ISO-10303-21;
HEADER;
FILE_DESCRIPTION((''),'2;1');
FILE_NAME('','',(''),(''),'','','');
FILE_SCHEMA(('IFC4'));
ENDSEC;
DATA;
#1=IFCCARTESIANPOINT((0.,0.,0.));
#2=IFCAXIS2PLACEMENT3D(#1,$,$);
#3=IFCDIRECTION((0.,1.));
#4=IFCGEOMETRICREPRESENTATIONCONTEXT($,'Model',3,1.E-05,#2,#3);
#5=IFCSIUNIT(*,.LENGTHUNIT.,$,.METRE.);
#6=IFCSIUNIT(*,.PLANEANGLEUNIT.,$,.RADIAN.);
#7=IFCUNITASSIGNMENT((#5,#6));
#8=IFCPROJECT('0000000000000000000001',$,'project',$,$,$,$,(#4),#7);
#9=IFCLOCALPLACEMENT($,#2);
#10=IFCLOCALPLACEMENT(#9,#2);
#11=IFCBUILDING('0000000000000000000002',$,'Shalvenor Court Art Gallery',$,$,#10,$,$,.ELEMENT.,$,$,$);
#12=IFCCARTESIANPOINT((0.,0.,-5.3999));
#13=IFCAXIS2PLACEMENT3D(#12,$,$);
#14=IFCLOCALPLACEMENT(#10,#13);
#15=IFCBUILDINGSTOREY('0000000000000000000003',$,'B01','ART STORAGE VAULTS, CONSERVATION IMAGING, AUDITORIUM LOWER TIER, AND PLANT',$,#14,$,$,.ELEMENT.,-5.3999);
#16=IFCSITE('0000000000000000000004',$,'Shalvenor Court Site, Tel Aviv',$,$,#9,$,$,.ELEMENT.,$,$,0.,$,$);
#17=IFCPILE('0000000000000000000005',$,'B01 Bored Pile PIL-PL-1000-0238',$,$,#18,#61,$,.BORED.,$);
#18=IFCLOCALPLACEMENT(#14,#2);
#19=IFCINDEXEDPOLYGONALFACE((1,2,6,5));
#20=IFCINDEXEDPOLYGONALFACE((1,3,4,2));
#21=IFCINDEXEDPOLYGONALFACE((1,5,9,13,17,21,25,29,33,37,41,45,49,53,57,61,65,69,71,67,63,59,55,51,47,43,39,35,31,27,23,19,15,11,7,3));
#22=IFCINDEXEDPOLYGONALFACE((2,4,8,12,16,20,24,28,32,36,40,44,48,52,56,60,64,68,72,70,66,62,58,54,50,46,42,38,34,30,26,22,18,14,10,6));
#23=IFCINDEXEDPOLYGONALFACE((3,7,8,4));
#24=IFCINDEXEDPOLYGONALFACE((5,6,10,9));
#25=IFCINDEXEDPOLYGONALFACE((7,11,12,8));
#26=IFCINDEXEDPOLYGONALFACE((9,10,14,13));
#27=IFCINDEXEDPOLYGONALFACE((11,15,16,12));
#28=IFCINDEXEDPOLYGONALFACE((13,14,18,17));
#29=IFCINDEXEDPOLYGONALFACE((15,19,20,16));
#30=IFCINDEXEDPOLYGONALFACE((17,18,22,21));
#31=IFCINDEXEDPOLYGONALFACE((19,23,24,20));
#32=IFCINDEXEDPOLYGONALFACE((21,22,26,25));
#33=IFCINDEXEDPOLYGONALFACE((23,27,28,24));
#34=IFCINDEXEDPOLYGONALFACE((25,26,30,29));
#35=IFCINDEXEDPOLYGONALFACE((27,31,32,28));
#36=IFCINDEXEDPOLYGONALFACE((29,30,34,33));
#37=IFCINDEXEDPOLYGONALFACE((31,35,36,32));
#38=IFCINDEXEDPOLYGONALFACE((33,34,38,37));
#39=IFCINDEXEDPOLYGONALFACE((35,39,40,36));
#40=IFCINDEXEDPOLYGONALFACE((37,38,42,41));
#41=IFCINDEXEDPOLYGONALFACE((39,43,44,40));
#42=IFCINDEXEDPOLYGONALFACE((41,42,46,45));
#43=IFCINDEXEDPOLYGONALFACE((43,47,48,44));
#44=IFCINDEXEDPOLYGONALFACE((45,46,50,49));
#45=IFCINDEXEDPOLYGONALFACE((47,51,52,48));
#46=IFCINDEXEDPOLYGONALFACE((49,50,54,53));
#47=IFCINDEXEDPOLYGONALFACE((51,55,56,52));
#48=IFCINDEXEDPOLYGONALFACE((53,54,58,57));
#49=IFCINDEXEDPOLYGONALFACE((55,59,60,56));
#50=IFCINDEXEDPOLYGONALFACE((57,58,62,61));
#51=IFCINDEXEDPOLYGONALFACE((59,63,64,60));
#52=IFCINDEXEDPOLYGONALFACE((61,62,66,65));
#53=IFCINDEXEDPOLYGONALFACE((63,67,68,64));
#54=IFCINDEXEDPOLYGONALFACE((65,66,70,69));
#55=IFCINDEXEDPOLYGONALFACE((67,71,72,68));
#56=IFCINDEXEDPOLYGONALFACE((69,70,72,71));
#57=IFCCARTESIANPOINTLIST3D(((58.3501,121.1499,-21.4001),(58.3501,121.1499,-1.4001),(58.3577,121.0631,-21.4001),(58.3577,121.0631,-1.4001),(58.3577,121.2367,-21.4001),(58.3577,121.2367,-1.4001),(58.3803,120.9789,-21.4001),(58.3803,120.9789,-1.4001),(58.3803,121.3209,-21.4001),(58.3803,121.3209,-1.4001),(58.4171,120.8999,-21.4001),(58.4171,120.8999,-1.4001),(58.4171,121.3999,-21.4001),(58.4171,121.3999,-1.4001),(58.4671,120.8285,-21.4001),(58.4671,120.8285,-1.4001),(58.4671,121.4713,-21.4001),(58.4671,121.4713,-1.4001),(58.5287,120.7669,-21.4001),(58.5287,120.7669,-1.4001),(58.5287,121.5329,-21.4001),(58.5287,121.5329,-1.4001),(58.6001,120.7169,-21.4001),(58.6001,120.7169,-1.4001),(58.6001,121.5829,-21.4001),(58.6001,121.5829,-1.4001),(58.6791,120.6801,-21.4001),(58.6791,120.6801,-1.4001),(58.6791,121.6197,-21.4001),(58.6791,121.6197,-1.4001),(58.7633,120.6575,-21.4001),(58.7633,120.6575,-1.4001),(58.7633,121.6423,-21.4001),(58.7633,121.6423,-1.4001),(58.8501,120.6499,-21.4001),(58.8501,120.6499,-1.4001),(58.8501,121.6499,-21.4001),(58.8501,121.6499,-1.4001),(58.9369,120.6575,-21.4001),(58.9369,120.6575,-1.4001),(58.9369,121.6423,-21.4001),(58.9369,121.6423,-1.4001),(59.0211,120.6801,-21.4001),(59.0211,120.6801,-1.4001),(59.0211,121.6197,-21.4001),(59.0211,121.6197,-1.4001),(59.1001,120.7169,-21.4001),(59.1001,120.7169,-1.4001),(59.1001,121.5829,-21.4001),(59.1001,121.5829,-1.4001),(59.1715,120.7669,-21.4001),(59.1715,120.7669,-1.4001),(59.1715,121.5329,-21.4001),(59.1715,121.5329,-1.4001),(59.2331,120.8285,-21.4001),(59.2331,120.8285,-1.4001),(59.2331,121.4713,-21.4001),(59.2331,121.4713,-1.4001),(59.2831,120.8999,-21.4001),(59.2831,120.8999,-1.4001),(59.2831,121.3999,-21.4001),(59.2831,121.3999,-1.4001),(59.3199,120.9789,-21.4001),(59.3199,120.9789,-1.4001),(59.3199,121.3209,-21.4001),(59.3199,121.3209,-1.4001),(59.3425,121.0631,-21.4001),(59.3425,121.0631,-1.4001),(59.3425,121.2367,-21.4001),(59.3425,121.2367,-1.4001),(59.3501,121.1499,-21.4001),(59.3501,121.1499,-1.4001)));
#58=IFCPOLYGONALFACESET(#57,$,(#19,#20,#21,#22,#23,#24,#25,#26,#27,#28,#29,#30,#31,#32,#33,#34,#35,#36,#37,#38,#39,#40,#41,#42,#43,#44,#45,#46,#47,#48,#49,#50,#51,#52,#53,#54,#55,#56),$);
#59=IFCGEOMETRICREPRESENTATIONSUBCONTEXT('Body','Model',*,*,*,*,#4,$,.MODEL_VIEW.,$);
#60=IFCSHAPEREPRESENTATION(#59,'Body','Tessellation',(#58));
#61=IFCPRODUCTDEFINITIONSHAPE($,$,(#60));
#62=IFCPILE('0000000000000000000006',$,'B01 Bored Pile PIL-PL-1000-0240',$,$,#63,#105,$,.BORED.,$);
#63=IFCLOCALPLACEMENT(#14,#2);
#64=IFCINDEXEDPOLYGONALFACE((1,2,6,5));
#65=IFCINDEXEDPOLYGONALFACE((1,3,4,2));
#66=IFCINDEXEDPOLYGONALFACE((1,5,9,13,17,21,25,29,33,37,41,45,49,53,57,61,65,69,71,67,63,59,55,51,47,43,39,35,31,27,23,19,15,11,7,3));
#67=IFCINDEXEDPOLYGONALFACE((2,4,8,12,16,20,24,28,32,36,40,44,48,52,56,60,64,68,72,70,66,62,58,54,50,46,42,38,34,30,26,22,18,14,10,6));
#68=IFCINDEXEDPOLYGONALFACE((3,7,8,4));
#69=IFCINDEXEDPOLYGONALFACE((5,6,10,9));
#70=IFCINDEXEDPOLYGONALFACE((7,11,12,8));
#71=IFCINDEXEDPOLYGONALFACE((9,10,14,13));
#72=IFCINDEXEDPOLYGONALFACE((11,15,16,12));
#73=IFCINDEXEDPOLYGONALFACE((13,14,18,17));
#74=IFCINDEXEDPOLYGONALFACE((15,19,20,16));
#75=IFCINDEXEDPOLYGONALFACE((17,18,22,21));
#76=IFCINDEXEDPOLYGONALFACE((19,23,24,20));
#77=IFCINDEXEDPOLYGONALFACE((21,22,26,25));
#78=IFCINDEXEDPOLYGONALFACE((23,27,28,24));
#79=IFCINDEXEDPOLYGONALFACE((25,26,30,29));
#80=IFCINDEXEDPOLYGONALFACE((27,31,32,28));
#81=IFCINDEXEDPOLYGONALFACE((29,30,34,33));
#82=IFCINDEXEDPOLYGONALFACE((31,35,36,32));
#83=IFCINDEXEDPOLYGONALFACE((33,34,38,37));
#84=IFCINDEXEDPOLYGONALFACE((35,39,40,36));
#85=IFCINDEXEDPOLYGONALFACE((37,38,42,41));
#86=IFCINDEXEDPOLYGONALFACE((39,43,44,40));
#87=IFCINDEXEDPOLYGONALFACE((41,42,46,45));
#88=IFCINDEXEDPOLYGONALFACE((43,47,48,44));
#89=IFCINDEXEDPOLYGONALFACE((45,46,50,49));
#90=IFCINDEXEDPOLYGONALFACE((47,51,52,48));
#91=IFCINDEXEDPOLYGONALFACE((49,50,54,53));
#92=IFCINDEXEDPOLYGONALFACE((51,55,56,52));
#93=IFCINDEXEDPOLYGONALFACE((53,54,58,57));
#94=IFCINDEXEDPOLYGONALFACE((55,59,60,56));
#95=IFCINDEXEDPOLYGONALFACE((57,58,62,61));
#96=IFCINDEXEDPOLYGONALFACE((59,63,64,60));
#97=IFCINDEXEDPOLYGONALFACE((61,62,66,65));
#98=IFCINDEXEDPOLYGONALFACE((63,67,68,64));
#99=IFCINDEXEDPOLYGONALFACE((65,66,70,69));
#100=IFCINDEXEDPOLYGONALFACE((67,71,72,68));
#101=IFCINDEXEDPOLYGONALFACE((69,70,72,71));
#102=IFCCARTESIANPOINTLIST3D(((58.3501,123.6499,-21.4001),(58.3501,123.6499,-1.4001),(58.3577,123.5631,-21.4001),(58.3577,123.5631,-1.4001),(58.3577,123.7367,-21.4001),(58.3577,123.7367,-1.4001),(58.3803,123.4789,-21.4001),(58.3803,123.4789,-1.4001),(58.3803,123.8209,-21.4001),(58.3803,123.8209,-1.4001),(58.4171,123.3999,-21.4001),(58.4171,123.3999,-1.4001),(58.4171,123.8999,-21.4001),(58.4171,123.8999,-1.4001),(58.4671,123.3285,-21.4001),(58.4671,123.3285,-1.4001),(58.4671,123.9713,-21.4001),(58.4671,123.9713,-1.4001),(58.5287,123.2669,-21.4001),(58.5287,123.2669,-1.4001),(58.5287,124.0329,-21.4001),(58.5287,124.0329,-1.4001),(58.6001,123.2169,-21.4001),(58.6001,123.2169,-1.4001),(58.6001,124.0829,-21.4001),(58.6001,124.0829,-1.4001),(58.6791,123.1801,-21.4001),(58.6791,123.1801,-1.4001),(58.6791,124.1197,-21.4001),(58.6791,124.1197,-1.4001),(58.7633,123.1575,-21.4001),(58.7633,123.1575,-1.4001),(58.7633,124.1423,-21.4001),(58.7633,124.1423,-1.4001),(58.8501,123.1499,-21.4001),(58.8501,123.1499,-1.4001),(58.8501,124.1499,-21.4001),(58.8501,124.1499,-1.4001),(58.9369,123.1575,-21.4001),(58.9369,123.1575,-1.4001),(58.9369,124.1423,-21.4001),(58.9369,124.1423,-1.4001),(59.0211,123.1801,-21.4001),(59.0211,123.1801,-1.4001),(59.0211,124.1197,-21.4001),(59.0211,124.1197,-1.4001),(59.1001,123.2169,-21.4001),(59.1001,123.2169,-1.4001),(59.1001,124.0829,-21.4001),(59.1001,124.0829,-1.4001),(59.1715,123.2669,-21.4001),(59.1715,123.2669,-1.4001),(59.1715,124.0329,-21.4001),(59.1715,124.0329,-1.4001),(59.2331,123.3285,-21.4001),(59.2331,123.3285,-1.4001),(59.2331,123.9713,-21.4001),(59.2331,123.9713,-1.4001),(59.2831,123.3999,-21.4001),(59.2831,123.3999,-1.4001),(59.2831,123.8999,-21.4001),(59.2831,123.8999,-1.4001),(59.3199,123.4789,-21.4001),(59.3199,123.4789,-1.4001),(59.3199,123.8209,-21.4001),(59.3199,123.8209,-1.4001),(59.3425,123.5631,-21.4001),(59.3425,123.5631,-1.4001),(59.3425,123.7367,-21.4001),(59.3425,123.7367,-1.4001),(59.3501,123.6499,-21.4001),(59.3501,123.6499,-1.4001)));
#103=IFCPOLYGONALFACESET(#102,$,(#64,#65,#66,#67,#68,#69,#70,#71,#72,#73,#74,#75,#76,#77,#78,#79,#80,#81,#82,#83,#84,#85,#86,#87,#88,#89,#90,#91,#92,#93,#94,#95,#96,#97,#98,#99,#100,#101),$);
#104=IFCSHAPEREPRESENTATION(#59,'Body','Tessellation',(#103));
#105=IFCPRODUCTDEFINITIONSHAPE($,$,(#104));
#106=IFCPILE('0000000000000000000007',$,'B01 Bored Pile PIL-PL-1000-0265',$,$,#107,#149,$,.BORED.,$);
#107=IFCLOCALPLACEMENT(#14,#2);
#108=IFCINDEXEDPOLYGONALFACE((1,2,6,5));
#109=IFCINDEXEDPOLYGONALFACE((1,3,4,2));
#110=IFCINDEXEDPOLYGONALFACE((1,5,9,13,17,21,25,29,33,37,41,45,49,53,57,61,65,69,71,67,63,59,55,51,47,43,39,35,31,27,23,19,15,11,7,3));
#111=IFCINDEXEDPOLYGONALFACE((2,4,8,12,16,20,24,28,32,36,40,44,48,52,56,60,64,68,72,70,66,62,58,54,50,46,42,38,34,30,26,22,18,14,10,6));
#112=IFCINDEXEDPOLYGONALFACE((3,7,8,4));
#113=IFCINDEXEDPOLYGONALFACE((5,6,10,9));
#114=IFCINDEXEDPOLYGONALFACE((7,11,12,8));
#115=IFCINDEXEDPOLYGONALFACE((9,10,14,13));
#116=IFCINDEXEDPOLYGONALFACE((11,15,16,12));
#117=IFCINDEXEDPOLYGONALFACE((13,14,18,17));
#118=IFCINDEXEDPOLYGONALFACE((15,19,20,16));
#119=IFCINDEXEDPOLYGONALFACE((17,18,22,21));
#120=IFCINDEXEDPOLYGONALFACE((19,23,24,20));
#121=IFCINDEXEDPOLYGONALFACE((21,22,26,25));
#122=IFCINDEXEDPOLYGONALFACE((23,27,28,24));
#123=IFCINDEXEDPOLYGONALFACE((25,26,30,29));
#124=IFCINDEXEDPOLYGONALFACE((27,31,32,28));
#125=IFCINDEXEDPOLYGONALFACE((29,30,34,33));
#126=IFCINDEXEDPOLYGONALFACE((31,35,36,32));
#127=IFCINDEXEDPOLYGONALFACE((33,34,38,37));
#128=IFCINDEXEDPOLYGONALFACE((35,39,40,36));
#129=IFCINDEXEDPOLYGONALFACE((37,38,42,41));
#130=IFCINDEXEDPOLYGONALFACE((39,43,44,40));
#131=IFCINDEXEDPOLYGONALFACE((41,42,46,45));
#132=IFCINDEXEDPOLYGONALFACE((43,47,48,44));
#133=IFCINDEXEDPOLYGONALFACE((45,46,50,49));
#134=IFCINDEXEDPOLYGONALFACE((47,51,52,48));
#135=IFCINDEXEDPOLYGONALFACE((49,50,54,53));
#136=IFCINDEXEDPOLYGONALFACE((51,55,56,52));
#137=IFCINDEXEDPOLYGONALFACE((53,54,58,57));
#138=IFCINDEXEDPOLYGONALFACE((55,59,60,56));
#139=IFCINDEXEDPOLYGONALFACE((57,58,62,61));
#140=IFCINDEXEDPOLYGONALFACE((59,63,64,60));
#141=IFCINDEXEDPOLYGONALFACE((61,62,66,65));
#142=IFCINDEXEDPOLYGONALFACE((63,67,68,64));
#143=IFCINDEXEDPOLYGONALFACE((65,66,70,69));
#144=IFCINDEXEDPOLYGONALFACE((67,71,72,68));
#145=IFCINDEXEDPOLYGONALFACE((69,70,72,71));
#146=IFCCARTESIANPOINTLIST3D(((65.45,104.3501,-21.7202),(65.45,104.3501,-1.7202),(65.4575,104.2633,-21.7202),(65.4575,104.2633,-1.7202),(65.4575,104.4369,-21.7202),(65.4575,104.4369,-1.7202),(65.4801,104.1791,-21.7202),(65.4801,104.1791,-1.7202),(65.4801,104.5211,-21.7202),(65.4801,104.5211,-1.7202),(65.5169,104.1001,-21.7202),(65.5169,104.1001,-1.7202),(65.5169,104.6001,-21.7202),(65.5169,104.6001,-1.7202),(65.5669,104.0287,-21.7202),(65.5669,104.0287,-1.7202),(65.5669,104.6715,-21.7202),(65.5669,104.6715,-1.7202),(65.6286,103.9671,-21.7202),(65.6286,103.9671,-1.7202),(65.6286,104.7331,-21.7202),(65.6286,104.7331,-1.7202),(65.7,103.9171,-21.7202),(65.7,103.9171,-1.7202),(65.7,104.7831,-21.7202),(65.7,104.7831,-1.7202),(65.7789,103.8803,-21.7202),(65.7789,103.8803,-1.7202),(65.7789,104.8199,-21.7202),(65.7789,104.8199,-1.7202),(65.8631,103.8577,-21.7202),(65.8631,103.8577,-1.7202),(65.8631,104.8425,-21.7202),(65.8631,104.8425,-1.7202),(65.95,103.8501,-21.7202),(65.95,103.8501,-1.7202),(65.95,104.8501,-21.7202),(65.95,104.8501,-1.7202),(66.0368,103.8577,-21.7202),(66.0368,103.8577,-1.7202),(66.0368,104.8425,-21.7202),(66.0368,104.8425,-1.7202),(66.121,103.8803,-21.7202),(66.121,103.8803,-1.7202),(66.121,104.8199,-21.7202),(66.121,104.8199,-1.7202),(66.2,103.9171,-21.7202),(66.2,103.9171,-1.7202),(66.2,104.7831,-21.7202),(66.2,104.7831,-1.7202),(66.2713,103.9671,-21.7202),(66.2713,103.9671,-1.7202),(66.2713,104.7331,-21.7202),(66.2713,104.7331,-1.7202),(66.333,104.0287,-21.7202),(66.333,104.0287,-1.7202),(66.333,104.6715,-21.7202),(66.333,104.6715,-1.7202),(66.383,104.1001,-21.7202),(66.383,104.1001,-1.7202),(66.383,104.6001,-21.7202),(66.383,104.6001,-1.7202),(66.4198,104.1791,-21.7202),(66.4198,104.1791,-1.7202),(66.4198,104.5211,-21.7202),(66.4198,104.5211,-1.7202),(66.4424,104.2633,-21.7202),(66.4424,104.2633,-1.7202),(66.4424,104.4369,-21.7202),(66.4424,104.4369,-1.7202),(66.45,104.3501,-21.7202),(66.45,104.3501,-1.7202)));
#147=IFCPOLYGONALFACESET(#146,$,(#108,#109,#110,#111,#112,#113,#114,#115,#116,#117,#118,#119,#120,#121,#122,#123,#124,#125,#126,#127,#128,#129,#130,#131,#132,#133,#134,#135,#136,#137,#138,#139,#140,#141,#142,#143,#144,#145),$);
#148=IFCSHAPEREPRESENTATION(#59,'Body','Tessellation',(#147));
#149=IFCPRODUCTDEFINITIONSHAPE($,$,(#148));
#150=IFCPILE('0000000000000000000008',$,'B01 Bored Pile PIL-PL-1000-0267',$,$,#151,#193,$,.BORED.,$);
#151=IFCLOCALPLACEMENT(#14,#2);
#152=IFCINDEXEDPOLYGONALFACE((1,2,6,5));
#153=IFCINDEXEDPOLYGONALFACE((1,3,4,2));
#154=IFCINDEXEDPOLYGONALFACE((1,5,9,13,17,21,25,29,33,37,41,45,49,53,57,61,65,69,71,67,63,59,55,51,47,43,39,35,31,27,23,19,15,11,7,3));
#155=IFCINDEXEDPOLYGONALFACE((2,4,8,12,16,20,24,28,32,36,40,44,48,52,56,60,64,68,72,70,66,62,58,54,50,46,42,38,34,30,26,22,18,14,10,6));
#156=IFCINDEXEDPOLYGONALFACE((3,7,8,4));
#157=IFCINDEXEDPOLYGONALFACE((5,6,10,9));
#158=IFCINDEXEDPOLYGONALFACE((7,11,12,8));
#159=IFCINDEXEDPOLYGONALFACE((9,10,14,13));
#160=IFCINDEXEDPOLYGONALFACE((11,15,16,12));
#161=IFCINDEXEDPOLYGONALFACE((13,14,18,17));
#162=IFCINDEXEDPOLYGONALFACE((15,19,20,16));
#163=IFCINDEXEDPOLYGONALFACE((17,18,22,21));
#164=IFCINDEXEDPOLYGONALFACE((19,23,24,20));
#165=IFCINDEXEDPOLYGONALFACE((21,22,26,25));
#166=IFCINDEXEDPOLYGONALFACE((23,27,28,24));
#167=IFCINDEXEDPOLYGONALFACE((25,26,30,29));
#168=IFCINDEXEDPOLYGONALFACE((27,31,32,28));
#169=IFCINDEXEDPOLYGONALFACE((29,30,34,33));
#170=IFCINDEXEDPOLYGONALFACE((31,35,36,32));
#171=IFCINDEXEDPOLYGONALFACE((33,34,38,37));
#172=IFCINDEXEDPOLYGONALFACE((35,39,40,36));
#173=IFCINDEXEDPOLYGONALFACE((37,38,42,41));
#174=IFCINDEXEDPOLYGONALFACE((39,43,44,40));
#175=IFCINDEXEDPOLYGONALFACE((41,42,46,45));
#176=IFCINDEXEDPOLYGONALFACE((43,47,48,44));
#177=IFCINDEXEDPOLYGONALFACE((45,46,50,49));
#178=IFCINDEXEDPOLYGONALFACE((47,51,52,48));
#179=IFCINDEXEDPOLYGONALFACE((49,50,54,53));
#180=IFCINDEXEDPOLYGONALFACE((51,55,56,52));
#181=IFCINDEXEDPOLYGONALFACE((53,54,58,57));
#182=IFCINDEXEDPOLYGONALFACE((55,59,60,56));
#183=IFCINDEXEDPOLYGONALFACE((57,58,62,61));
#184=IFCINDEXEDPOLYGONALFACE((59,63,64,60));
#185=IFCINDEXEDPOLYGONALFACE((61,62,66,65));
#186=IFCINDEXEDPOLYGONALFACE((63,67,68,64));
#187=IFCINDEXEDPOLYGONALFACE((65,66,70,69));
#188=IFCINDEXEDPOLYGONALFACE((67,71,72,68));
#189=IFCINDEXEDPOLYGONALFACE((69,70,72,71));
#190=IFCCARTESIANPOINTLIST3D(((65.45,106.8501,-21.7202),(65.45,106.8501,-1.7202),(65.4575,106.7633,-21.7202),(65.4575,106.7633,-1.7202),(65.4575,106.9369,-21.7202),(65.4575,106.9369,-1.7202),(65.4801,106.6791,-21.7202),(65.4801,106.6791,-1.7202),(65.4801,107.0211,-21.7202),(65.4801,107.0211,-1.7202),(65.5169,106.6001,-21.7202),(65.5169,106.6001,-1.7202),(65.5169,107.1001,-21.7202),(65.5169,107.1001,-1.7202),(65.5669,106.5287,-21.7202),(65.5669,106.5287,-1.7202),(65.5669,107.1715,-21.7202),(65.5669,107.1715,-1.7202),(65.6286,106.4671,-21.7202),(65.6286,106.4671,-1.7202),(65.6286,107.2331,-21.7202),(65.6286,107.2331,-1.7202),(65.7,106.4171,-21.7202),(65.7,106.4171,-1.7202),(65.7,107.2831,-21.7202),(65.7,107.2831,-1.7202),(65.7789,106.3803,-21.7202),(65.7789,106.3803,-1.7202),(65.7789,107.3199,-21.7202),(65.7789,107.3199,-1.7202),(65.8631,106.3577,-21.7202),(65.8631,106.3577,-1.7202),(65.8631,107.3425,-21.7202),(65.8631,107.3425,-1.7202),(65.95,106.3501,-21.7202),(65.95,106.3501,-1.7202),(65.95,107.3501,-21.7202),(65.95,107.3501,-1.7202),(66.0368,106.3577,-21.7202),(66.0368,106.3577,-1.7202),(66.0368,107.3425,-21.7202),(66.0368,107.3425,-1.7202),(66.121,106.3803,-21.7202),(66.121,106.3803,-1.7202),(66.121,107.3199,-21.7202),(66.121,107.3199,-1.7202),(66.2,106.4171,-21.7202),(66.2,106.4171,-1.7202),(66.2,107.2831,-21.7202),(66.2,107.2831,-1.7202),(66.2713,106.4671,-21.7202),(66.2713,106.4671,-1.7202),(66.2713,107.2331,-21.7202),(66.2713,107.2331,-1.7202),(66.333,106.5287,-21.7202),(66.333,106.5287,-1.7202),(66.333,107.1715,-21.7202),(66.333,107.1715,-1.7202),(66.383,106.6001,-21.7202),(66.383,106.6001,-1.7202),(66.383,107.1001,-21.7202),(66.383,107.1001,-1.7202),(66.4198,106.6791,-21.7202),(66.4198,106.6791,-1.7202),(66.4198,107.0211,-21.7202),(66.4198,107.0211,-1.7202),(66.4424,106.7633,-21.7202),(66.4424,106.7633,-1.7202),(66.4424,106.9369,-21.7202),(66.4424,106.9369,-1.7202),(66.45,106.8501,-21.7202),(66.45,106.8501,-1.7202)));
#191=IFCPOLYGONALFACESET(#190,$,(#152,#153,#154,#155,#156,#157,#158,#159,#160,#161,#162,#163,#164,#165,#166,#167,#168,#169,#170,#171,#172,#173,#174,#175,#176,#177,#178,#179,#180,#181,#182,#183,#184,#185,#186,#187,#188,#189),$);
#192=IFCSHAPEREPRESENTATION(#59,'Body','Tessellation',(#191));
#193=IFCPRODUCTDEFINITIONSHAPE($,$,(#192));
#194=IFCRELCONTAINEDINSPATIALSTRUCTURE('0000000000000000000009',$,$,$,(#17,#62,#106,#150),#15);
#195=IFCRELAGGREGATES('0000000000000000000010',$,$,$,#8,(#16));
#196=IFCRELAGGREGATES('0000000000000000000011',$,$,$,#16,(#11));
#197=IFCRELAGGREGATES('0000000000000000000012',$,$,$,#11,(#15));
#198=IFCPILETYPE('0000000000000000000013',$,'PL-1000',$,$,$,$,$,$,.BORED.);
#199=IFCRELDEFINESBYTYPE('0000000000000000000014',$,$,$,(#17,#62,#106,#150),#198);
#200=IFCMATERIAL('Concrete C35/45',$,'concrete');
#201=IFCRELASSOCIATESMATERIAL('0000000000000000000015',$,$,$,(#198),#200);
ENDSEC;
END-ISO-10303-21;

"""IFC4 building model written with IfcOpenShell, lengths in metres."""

from ifc_helpers import new_model, si_unit, direction, frame, origin, origin_2d, place, context, subcontext, project, spatial, circle, extrude, material, material_profile, profile_set, type_object, element, save


model = new_model("IFC4")

# Units and contexts
model_context = context("Model", 3, precision=1e-05, world=origin(), true_north=direction((0.0, 1.0)))
body_context = subcontext(model_context, "Body", "Model", "MODEL_VIEW")
ifc_project = project(units=[si_unit("LENGTHUNIT", "METRE"), si_unit("PLANEANGLEUNIT", "RADIAN")], contexts=[model_context])

# Site, building, storey
site_placement = place(None, origin())
site = spatial("IfcSite", under=ifc_project, at=site_placement, Name="Shalvenor Court Site, Tel Aviv", CompositionType="ELEMENT", RefElevation=0.0)
building_placement = place(site_placement, origin())
building = spatial("IfcBuilding", under=site, at=building_placement, Name="Shalvenor Court Art Gallery", CompositionType="ELEMENT")
storey_placement = place(building_placement, frame((0.0, 0.0, -5.3999)))
storey = spatial("IfcBuildingStorey", under=building, at=storey_placement, Name="B01", Description="ART STORAGE VAULTS, CONSERVATION IMAGING, AUDITORIUM LOWER TIER, AND PLANT", CompositionType="ELEMENT", Elevation=-5.3999)

# Piles
ifc_material_1 = material(Name="Concrete C35/45", Category="concrete")
ifc_material_profile_1 = material_profile(ifc_material_1, circle(Radius=0.5, at=origin_2d()), Name="PILE 1000")
ifc_profile_set_1 = profile_set([ifc_material_profile_1], Name="Concrete C35/45")
pile_type_1 = type_object("IfcPileType", Name="PL-1000", PredefinedType="BORED", material=ifc_profile_set_1)
for number, where, z_axis, x_axis, name in (
    (1, (58.8501, 121.1499, -1.4001), (0.0, 0.0, -1.0), (1.0, 0.0, 0.0), "B01 Bored Pile PIL-PL-1000-0238"),
    (2, (58.8501, 123.6499, -1.4001), (0.0, 0.0, -1.0), (1.0, 0.0, 0.0), "B01 Bored Pile PIL-PL-1000-0240"),
    (3, (65.95, 104.3501, -1.7202), (0.0, 0.0, -1.0), (1.0, 0.0, 0.0), "B01 Bored Pile PIL-PL-1000-0265"),
    (4, (65.95, 106.8501, -1.7202), (0.0, 0.0, -1.0), (1.0, 0.0, 0.0), "B01 Bored Pile PIL-PL-1000-0267"),
):
    element("IfcPile", number, at=place(storey_placement, frame(where, z_axis=z_axis, x_axis=x_axis)), inside=storey, type_object=pile_type_1, Name=name, PredefinedType="BORED", context=body_context, shape_type="SweptSolid", body=[
        extrude(circle(Radius=0.5, at=origin_2d()), origin(), (0.0, 0.0, 1.0), 20.0),
    ])

save(model, "model.ifc")
